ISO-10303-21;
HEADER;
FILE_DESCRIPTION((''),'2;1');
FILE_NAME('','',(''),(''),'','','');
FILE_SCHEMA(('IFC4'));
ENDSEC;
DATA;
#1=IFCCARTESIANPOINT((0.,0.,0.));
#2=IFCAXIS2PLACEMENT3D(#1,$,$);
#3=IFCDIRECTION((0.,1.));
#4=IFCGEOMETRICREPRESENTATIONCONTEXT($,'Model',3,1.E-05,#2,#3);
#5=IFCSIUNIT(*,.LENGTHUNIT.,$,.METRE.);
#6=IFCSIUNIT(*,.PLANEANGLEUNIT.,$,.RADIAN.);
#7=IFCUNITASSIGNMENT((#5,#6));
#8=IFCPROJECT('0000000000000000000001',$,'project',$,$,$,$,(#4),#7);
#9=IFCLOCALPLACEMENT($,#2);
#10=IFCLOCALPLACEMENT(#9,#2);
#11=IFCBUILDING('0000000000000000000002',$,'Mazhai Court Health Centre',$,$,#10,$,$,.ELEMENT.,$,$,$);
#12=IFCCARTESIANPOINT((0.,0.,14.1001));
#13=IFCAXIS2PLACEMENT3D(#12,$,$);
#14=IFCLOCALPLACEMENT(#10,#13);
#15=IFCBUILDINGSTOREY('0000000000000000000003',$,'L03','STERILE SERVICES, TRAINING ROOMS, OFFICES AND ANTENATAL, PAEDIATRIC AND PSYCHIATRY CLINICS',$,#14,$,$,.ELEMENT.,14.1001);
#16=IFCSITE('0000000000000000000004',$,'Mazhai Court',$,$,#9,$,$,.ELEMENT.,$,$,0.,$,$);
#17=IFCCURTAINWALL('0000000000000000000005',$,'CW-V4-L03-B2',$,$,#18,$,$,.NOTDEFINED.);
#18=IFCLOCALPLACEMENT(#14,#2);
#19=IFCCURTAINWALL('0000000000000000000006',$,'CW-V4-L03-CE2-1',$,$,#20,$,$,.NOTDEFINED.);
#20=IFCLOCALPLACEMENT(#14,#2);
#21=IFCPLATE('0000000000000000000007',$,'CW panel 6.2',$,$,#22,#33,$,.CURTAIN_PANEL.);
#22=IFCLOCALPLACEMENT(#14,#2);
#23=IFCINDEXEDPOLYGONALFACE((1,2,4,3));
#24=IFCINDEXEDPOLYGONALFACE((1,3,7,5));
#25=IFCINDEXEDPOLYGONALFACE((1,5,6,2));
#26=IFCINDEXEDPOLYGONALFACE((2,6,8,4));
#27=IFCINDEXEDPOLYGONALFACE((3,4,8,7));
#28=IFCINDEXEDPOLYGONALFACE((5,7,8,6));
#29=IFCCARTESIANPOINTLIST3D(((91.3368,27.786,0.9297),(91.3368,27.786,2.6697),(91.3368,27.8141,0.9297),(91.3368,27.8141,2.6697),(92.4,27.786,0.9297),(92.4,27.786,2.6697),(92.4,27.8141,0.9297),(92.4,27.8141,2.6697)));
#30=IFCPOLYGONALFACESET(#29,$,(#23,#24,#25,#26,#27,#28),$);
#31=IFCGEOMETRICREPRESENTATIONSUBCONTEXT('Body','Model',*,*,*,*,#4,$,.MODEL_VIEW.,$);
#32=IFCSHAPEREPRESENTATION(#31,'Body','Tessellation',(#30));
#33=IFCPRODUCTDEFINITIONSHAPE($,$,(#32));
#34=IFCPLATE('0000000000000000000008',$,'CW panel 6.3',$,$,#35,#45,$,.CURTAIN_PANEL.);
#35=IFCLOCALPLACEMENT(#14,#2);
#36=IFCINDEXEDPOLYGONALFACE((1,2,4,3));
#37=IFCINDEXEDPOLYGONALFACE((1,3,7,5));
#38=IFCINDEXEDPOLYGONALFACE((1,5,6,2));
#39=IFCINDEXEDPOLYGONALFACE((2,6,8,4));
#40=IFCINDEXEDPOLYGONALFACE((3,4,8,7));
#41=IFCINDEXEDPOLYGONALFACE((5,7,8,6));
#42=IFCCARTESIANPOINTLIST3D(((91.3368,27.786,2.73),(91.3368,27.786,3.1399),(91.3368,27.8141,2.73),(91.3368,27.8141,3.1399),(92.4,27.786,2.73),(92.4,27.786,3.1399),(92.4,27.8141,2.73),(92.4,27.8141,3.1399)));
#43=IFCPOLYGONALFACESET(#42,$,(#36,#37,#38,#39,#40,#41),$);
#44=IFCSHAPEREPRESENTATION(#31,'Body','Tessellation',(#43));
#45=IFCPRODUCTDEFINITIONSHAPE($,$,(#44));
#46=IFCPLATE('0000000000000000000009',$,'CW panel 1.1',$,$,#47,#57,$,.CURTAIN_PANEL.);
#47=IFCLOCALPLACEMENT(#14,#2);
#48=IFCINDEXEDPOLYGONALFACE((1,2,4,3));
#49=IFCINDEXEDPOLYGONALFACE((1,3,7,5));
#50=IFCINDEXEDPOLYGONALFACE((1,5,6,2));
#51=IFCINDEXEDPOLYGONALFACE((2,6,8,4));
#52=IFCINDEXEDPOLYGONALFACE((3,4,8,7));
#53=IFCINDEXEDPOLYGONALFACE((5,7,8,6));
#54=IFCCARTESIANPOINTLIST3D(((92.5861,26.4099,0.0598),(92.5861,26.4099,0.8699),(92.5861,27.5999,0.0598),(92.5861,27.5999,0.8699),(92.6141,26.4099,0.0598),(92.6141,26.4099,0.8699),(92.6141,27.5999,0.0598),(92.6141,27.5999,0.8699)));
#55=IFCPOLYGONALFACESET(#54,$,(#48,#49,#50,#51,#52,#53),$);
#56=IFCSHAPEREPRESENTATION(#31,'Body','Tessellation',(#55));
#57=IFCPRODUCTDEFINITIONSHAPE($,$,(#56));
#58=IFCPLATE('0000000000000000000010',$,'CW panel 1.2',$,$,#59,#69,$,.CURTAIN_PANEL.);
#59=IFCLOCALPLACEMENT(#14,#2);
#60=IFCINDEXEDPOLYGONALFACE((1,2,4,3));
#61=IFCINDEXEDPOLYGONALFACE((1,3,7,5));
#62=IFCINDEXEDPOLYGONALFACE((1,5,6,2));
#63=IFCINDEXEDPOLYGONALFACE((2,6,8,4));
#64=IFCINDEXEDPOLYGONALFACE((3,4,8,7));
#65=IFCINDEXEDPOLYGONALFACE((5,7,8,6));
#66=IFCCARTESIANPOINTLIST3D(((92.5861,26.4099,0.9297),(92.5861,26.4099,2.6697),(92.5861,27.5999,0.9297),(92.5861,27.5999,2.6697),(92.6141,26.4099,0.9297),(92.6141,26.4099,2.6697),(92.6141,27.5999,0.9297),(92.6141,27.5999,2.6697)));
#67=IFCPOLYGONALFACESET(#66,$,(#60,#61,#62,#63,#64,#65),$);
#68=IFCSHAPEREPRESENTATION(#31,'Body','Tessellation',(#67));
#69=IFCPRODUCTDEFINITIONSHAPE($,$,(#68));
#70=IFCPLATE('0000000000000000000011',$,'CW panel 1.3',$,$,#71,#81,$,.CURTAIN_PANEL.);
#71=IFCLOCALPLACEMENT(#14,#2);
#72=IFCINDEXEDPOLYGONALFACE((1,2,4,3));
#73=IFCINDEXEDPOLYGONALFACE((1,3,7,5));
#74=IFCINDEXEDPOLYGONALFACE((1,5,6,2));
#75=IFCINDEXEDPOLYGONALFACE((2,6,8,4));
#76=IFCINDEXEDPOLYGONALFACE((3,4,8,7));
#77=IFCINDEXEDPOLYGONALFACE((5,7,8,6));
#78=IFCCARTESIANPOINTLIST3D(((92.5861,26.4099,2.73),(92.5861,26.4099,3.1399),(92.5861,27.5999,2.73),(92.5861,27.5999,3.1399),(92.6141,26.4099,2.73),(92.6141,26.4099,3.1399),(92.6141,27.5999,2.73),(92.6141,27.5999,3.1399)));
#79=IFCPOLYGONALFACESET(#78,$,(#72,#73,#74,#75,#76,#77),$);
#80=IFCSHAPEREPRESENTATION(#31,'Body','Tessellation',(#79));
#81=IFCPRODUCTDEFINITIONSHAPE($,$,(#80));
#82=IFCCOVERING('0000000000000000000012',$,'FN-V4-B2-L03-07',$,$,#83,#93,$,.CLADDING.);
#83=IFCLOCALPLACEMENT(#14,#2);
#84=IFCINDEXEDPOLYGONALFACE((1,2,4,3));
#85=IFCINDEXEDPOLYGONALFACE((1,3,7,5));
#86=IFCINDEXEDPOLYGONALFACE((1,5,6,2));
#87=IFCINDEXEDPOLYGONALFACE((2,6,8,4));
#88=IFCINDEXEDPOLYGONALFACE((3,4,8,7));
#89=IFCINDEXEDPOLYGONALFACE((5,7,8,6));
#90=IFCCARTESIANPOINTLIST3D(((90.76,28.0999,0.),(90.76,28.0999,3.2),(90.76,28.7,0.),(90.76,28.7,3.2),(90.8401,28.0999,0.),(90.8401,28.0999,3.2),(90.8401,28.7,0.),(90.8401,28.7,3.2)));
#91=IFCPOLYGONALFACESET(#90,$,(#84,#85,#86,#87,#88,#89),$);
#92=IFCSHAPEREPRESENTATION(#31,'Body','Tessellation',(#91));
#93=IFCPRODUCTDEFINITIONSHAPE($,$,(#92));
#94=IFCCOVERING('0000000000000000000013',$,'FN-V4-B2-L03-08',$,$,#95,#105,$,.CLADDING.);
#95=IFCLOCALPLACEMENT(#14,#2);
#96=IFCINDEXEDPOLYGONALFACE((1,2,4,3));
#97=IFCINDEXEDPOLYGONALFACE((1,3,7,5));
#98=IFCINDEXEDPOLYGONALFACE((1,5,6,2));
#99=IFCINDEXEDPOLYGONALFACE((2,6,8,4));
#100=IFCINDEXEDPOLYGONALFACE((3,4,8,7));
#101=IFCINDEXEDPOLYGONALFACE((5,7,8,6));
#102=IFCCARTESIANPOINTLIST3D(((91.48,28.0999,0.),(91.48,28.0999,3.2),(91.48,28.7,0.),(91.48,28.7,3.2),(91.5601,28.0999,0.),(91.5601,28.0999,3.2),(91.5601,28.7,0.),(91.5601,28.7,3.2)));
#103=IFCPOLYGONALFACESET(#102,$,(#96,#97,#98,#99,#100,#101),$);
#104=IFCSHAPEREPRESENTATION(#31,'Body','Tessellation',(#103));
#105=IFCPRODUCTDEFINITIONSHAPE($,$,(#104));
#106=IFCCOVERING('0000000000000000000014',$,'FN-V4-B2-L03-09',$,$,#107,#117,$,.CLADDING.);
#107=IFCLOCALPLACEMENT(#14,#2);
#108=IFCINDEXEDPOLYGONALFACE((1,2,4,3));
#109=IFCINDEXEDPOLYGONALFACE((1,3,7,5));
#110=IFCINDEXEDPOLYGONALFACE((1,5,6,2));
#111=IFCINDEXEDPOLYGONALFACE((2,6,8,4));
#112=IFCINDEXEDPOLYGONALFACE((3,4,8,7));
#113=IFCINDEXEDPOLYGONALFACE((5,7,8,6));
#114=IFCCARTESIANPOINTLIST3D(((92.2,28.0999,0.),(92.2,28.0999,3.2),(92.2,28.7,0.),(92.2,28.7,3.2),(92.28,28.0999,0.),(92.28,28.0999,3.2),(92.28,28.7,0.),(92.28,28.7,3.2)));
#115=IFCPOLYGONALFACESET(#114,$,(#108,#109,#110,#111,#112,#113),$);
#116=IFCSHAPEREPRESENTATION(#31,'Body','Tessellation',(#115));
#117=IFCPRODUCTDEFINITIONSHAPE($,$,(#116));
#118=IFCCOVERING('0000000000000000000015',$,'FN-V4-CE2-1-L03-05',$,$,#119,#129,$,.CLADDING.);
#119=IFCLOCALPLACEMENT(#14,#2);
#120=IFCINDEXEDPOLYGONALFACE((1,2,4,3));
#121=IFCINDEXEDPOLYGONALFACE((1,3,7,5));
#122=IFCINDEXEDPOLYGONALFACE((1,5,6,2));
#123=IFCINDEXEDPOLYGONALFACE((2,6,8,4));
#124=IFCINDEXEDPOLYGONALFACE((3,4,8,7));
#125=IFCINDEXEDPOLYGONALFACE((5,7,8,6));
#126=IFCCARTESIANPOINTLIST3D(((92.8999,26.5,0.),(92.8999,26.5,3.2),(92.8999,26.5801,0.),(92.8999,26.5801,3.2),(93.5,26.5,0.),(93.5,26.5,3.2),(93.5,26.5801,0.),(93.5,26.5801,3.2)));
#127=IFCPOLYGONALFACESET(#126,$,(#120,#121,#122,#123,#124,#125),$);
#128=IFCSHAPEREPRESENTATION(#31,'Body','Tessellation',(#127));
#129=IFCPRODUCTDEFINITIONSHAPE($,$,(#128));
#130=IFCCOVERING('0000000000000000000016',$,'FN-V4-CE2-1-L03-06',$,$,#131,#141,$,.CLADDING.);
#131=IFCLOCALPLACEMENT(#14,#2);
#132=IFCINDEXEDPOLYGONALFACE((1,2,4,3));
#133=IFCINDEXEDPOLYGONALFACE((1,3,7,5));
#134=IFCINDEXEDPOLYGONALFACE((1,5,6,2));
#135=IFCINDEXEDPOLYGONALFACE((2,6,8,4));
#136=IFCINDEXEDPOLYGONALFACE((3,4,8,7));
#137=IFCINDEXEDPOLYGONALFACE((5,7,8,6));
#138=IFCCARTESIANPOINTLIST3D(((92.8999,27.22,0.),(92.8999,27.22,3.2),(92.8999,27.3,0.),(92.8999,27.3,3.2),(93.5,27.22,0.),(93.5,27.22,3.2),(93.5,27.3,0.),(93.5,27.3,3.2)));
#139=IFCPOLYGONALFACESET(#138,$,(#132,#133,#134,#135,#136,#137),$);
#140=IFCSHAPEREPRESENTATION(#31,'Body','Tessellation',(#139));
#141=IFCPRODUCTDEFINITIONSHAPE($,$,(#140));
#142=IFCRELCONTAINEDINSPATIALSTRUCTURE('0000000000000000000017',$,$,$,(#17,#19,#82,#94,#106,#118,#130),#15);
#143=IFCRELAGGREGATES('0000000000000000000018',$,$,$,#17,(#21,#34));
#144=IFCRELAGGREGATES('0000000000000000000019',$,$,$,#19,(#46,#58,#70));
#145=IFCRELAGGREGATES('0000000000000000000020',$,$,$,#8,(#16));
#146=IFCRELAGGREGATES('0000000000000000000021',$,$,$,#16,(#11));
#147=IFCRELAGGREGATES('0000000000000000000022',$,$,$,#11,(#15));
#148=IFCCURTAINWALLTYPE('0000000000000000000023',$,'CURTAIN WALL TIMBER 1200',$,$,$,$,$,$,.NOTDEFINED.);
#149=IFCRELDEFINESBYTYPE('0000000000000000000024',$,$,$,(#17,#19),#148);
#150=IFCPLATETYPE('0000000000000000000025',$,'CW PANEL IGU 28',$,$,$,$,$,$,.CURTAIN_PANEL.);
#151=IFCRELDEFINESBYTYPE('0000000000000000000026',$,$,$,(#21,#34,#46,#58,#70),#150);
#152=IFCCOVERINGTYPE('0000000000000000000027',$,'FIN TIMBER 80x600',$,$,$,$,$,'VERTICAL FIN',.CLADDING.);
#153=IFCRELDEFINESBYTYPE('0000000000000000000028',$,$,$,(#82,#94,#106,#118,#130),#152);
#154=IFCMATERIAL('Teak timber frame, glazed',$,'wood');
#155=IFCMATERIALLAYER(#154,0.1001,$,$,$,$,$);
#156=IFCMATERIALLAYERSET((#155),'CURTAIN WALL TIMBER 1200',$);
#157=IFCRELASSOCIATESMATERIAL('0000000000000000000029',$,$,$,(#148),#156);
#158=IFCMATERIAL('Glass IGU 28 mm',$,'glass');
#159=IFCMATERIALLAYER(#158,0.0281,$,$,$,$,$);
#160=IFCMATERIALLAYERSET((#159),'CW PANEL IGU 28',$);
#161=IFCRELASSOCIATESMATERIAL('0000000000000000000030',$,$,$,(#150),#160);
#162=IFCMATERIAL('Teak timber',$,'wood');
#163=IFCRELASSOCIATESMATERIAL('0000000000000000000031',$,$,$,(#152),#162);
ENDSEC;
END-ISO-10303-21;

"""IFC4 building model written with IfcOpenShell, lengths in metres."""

from ifc_helpers import new_model, si_unit, direction, frame, origin, origin_2d, place, context, subcontext, project, spatial, rectangle, extrude, material, layer, layer_set, type_object, element, aggregate, save


model = new_model("IFC4")

# Units and contexts
model_context = context("Model", 3, precision=1e-05, world=origin(), true_north=direction((0.0, 1.0)))
body_context = subcontext(model_context, "Body", "Model", "MODEL_VIEW")
ifc_project = project(units=[si_unit("LENGTHUNIT", "METRE"), si_unit("PLANEANGLEUNIT", "RADIAN")], contexts=[model_context])

# Site, building, storey
site_placement = place(None, origin())
site = spatial("IfcSite", under=ifc_project, at=site_placement, Name="Mazhai Court", CompositionType="ELEMENT", RefElevation=0.0)
building_placement = place(site_placement, origin())
building = spatial("IfcBuilding", under=site, at=building_placement, Name="Mazhai Court Health Centre", CompositionType="ELEMENT")
storey_placement = place(building_placement, frame((0.0, 0.0, 14.1001)))
storey = spatial("IfcBuildingStorey", under=building, at=storey_placement, Name="L03", Description="STERILE SERVICES, TRAINING ROOMS, OFFICES AND ANTENATAL, PAEDIATRIC AND PSYCHIATRY CLINICS", CompositionType="ELEMENT", Elevation=14.1001)

# Curtain walls
ifc_material_1 = material(Name="Teak timber frame, glazed", Category="wood")
ifc_layer_1 = layer(ifc_material_1, 0.1001)
ifc_layer_set_1 = layer_set([ifc_layer_1], Name="CURTAIN WALL TIMBER 1200")
curtain_wall_type = type_object("IfcCurtainWallType", Name="CURTAIN WALL TIMBER 1200", PredefinedType="NOTDEFINED", material=ifc_layer_set_1)
curtain_wall_1_placement = place(storey_placement, origin())
curtain_wall_1 = element("IfcCurtainWall", 1, at=curtain_wall_1_placement, inside=storey, type_object=curtain_wall_type, Name="CW-V4-L03-B2", PredefinedType="NOTDEFINED")
curtain_wall_2_placement = place(storey_placement, origin())
curtain_wall_2 = element("IfcCurtainWall", 2, at=curtain_wall_2_placement, inside=storey, type_object=curtain_wall_type, Name="CW-V4-L03-CE2-1", PredefinedType="NOTDEFINED")

# Plates
ifc_material_2 = material(Name="Glass IGU 28 mm", Category="glass")
ifc_layer_2 = layer(ifc_material_2, 0.0281)
ifc_layer_set_2 = layer_set([ifc_layer_2], Name="CW PANEL IGU 28")
plate_type = type_object("IfcPlateType", Name="CW PANEL IGU 28", PredefinedType="CURTAIN_PANEL", material=ifc_layer_set_2)
plate_1_placement = place(storey_placement, frame((91.8684, 27.8, 0.9297), z_axis=(0.0, 0.0, 1.0), x_axis=(1.0, 0.0, 0.0)))
plate_1 = element("IfcPlate", 3, at=plate_1_placement, type_object=plate_type, Name="CW panel 6.2", PredefinedType="CURTAIN_PANEL", context=body_context, shape_type="SweptSolid", body=[
    extrude(rectangle(XDim=1.0632, YDim=0.0281, at=origin_2d()), origin(), (0.0, 0.0, 1.0), 1.74),
])
plate_2_placement = place(storey_placement, frame((91.8684, 27.8, 2.73), z_axis=(0.0, 0.0, 1.0), x_axis=(1.0, 0.0, 0.0)))
plate_2 = element("IfcPlate", 4, at=plate_2_placement, type_object=plate_type, Name="CW panel 6.3", PredefinedType="CURTAIN_PANEL", context=body_context, shape_type="SweptSolid", body=[
    extrude(rectangle(XDim=1.0632, YDim=0.0281, at=origin_2d()), origin(), (0.0, 0.0, 1.0), 0.4099),
])
aggregate(curtain_wall_1, [plate_1, plate_2])
plate_3_placement = place(storey_placement, frame((92.6001, 27.0049, 0.0598), z_axis=(0.0, 0.0, 1.0), x_axis=(0.0, -1.0, 0.0)))
plate_3 = element("IfcPlate", 5, at=plate_3_placement, type_object=plate_type, Name="CW panel 1.1", PredefinedType="CURTAIN_PANEL", context=body_context, shape_type="SweptSolid", body=[
    extrude(rectangle(XDim=1.1899, YDim=0.0281, at=origin_2d()), origin(), (0.0, 0.0, 1.0), 0.8101),
])
plate_4_placement = place(storey_placement, frame((92.6001, 27.0049, 0.9297), z_axis=(0.0, 0.0, 1.0), x_axis=(0.0, -1.0, 0.0)))
plate_4 = element("IfcPlate", 6, at=plate_4_placement, type_object=plate_type, Name="CW panel 1.2", PredefinedType="CURTAIN_PANEL", context=body_context, shape_type="SweptSolid", body=[
    extrude(rectangle(XDim=1.1899, YDim=0.0281, at=origin_2d()), origin(), (0.0, 0.0, 1.0), 1.74),
])
plate_5_placement = place(storey_placement, frame((92.6001, 27.0049, 2.73), z_axis=(0.0, 0.0, 1.0), x_axis=(0.0, -1.0, 0.0)))
plate_5 = element("IfcPlate", 7, at=plate_5_placement, type_object=plate_type, Name="CW panel 1.3", PredefinedType="CURTAIN_PANEL", context=body_context, shape_type="SweptSolid", body=[
    extrude(rectangle(XDim=1.1899, YDim=0.0281, at=origin_2d()), origin(), (0.0, 0.0, 1.0), 0.4099),
])
aggregate(curtain_wall_2, [plate_3, plate_4, plate_5])

# Coverings
ifc_material_3 = material(Name="Teak timber", Category="wood")
covering_type = type_object("IfcCoveringType", Name="FIN TIMBER 80x600", ElementType="VERTICAL FIN", PredefinedType="CLADDING", material=ifc_material_3)
for number, where, z_axis, x_axis, name in (
    (8, (90.8, 28.3999, 0.0), (0.0, 0.0, 1.0), (1.0, 0.0, 0.0), "FN-V4-B2-L03-07"),
    (9, (91.52, 28.3999, 0.0), (0.0, 0.0, 1.0), (1.0, 0.0, 0.0), "FN-V4-B2-L03-08"),
    (10, (92.24, 28.3999, 0.0), (0.0, 0.0, 1.0), (1.0, 0.0, 0.0), "FN-V4-B2-L03-09"),
    (11, (93.2, 26.54, 0.0), (0.0, 0.0, 1.0), (0.0, 1.0, 0.0), "FN-V4-CE2-1-L03-05"),
    (12, (93.2, 27.26, 0.0), (0.0, 0.0, 1.0), (0.0, 1.0, 0.0), "FN-V4-CE2-1-L03-06"),
):
    element("IfcCovering", number, at=place(storey_placement, frame(where, z_axis=z_axis, x_axis=x_axis)), inside=storey, type_object=covering_type, Name=name, PredefinedType="CLADDING", context=body_context, shape_type="SweptSolid", body=[
        extrude(rectangle(XDim=0.0801, YDim=0.6001, at=origin_2d()), origin(), (0.0, 0.0, 1.0), 3.2),
    ])

save(model, "model.ifc")
